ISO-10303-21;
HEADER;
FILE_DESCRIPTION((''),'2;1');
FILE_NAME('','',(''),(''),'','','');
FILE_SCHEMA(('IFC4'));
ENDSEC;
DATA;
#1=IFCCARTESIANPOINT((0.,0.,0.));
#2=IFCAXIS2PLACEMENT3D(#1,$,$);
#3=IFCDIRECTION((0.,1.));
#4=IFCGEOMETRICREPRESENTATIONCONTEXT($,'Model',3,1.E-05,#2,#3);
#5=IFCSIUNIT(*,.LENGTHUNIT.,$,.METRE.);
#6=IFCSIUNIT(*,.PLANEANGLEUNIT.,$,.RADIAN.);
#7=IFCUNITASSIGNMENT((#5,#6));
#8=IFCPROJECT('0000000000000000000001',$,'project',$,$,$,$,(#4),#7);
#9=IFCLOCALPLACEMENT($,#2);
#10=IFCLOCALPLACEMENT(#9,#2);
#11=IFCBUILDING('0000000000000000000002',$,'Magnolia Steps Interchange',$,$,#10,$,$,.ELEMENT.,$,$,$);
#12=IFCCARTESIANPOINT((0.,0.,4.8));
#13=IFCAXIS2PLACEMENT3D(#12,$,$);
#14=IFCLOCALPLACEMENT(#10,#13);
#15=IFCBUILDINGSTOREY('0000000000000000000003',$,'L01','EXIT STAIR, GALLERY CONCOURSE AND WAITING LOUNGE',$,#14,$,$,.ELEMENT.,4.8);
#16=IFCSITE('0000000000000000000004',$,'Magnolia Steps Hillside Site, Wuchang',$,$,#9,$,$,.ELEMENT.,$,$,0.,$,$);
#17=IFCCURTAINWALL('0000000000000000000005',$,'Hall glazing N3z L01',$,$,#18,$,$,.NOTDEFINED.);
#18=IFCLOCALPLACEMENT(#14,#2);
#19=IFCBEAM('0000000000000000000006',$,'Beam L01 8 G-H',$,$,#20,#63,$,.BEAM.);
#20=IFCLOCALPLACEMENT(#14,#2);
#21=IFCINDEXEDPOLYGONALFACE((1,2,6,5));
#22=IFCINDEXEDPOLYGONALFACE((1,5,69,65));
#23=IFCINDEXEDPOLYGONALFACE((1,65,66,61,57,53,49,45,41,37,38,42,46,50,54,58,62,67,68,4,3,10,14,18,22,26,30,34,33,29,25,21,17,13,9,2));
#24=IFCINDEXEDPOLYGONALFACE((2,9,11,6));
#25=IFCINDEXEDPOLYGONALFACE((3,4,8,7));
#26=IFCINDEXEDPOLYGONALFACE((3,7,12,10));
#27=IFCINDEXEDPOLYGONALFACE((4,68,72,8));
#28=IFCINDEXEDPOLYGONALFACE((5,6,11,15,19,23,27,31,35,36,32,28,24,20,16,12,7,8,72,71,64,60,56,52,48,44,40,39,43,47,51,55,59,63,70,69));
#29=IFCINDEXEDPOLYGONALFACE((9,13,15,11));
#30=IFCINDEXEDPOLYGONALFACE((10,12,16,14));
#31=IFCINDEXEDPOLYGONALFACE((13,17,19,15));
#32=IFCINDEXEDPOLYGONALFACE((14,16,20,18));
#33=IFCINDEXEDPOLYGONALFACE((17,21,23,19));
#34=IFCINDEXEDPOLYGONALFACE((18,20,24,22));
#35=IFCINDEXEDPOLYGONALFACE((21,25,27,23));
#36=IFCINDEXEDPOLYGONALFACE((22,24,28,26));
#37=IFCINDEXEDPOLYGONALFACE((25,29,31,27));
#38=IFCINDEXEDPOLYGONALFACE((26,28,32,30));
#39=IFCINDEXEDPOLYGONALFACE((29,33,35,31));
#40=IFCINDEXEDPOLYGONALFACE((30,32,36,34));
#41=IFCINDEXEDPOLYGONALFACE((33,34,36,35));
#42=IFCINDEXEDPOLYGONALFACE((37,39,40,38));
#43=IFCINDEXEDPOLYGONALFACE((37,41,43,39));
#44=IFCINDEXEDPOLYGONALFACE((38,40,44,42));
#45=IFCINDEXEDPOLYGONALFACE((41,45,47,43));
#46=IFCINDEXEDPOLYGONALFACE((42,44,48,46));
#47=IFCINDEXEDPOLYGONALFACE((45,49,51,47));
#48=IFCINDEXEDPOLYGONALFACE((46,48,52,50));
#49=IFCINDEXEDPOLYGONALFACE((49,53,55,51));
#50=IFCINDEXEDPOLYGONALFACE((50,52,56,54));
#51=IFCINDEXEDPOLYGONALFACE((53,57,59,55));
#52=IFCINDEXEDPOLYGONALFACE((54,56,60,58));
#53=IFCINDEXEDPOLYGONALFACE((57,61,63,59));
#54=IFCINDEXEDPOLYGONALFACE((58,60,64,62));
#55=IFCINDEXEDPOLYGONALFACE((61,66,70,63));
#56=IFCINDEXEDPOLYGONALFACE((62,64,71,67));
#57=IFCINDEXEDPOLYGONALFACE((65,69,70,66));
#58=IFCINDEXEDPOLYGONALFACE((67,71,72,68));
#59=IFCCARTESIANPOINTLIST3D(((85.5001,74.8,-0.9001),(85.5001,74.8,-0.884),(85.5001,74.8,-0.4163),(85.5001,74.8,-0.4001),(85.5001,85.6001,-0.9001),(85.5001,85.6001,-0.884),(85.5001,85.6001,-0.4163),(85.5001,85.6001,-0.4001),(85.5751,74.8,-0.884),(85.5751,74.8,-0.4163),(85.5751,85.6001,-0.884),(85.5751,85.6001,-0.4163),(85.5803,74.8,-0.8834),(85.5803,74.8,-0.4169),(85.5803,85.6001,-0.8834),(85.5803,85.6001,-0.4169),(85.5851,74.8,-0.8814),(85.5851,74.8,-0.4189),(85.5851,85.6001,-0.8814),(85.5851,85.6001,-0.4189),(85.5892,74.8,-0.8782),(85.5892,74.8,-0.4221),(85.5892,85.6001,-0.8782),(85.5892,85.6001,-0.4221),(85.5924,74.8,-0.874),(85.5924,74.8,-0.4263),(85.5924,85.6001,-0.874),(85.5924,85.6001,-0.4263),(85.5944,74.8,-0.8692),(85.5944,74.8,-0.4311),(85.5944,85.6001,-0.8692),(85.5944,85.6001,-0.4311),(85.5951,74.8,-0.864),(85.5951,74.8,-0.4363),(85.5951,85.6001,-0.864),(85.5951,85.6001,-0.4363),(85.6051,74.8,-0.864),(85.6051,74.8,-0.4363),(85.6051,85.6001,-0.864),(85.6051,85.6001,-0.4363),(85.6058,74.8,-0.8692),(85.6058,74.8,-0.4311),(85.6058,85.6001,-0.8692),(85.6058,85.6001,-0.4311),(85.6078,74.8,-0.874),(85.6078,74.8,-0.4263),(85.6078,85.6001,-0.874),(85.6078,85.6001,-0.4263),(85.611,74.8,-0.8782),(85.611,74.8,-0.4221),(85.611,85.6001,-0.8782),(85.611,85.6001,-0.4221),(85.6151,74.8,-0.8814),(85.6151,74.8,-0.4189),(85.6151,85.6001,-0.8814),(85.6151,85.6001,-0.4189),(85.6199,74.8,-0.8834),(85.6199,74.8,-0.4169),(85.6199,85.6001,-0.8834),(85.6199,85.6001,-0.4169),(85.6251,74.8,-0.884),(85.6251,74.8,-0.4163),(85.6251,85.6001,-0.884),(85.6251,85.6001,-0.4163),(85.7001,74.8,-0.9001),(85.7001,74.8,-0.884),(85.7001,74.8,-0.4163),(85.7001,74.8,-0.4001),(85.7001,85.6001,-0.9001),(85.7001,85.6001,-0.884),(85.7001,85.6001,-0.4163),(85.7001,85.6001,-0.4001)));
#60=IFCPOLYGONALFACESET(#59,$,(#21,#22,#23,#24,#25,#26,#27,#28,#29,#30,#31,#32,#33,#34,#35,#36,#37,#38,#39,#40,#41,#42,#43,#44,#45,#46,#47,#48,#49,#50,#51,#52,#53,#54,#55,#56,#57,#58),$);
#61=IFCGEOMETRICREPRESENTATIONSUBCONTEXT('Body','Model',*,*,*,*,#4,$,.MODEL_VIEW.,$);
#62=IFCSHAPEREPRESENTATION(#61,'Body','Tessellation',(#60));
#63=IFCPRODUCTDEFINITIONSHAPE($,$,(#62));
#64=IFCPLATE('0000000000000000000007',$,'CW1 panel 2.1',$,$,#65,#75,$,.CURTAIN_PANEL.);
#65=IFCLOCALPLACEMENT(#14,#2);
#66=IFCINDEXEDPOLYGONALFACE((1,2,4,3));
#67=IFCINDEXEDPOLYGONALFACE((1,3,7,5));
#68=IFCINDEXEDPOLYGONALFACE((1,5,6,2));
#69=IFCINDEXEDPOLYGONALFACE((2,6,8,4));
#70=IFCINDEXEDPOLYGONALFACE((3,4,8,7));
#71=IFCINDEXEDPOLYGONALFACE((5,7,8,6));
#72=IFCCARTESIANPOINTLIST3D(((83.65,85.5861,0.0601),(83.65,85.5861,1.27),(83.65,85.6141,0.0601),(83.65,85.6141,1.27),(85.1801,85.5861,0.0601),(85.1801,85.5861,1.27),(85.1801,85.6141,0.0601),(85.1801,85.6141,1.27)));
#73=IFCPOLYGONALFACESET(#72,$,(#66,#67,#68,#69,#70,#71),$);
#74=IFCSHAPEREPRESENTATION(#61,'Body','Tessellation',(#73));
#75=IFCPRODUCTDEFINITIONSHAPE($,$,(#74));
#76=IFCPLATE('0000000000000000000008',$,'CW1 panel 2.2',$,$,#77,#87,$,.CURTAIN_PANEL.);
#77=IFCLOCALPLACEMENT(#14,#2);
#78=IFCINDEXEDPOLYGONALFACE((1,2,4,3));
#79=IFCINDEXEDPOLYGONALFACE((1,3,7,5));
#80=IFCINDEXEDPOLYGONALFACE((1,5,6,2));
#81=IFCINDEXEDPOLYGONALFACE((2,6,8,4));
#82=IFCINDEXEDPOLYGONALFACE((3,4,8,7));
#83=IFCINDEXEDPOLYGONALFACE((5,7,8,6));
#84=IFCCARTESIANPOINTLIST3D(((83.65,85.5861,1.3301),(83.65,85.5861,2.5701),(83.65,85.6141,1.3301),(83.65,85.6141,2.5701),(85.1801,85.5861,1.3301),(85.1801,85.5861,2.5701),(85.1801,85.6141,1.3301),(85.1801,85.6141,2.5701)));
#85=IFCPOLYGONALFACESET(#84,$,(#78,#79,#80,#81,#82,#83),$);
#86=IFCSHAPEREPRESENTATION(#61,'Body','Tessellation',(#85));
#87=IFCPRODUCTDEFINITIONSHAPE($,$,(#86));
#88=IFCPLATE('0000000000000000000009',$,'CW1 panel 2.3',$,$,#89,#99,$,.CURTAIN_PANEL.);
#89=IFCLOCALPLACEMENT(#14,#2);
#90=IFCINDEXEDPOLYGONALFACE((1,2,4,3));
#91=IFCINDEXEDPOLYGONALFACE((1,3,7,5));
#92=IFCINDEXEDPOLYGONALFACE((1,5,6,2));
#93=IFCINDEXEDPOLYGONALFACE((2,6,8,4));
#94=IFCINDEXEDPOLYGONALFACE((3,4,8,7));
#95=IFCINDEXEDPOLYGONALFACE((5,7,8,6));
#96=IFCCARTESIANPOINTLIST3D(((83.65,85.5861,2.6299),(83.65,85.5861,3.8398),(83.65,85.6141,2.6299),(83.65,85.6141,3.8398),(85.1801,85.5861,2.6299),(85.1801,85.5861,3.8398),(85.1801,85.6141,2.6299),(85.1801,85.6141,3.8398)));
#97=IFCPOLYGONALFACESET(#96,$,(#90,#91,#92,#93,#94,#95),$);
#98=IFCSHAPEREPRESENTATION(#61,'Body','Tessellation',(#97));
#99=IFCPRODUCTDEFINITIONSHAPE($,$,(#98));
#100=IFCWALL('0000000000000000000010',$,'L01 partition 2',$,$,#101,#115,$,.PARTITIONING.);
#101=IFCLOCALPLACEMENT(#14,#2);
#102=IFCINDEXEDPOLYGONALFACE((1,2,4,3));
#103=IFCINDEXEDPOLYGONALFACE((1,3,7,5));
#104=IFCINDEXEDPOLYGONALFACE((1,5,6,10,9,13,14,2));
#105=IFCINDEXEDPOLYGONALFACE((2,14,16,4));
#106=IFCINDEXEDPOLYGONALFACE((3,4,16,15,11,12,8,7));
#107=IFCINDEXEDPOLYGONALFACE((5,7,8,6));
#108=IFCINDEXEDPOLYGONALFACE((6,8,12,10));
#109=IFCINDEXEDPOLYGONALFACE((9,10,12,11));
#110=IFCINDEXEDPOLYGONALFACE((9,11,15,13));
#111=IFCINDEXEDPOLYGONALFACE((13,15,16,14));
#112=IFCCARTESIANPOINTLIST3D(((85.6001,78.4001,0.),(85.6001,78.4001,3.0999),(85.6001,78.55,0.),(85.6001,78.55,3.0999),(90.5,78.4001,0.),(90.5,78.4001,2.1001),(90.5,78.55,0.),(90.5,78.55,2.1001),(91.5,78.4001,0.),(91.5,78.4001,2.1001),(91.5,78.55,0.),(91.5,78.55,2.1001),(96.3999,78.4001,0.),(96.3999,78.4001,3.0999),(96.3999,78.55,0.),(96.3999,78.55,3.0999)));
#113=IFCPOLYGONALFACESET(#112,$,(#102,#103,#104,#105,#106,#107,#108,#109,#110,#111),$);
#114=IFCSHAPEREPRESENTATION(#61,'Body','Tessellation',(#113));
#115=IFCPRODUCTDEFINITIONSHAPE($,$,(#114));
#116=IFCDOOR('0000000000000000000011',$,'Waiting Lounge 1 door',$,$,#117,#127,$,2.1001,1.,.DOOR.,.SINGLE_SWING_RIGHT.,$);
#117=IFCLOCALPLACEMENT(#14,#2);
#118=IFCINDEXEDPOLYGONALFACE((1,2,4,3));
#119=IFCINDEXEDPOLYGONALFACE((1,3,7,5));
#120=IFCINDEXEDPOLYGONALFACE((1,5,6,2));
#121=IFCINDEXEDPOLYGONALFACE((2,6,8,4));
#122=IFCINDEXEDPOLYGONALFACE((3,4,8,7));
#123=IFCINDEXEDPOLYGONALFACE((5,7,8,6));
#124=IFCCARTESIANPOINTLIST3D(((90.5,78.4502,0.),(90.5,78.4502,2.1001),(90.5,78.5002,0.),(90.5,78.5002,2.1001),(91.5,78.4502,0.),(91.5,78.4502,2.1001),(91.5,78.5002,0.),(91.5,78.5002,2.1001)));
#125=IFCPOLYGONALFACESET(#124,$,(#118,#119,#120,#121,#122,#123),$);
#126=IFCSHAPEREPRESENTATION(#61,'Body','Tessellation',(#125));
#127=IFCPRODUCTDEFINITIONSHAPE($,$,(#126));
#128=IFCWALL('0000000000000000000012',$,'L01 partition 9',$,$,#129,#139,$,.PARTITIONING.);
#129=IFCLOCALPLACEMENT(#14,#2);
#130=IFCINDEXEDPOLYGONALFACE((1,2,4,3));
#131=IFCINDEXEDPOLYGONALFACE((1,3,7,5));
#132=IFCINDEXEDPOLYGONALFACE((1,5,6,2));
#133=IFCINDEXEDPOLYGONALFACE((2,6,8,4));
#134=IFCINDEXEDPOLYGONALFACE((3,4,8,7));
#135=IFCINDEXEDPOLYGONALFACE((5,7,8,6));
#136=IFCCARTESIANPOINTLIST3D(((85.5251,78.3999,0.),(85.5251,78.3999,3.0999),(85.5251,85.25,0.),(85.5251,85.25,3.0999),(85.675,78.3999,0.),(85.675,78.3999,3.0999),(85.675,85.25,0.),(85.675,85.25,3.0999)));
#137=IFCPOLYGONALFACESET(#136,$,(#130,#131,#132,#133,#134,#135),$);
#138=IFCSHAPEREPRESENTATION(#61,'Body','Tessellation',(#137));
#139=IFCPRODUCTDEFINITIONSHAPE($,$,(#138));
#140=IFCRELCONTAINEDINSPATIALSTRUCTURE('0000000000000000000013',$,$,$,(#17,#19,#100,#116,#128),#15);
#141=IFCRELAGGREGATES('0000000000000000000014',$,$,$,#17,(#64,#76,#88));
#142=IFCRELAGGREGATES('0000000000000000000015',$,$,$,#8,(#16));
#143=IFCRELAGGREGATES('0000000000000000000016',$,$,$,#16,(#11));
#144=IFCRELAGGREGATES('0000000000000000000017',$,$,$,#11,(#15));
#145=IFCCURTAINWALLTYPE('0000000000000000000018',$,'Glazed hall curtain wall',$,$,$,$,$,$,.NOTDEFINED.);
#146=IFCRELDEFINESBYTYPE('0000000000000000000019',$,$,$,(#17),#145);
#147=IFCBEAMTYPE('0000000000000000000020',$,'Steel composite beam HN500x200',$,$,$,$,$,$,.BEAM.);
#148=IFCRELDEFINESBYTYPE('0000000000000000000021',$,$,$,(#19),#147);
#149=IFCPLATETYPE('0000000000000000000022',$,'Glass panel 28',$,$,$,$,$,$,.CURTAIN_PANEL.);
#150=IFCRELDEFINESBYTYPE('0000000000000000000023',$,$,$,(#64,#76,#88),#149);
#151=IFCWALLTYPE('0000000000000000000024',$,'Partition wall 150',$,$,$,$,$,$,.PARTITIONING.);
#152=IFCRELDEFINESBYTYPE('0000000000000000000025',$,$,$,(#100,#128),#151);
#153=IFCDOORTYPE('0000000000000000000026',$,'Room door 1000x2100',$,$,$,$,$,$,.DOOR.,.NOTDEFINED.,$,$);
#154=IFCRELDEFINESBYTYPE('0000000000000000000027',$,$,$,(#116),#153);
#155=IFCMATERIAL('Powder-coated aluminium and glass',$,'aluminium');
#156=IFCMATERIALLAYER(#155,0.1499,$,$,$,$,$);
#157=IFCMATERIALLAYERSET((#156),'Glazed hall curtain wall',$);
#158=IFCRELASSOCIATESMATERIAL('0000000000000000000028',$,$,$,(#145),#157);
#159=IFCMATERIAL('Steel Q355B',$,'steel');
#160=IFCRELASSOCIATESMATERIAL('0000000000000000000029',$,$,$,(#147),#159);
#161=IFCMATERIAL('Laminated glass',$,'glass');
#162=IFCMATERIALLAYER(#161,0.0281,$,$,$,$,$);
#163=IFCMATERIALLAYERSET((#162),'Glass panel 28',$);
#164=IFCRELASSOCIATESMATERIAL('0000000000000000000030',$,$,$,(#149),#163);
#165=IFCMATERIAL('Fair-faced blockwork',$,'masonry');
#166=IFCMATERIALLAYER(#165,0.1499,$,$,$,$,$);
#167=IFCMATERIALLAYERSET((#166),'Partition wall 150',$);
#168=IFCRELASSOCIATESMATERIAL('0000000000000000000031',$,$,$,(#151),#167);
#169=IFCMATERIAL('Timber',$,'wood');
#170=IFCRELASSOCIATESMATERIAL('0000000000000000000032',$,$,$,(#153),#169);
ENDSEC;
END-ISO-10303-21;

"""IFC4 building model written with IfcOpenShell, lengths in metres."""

from ifc_helpers import new_model, si_unit, direction, frame, frame_2d, origin, origin_2d, place, context, subcontext, project, spatial, rectangle, i_section, extrude, material, layer, layer_set, material_profile, profile_set, type_object, element, fill, aggregate, save


model = new_model("IFC4")

# Units and contexts
model_context = context("Model", 3, precision=1e-05, world=origin(), true_north=direction((0.0, 1.0)))
body_context = subcontext(model_context, "Body", "Model", "MODEL_VIEW")
ifc_project = project(units=[si_unit("LENGTHUNIT", "METRE"), si_unit("PLANEANGLEUNIT", "RADIAN")], contexts=[model_context])

# Site, building, storey
site_placement = place(None, origin())
site = spatial("IfcSite", under=ifc_project, at=site_placement, Name="Magnolia Steps Hillside Site, Wuchang", CompositionType="ELEMENT", RefElevation=0.0)
building_placement = place(site_placement, origin())
building = spatial("IfcBuilding", under=site, at=building_placement, Name="Magnolia Steps Interchange", CompositionType="ELEMENT")
storey_placement = place(building_placement, frame((0.0, 0.0, 4.8)))
storey = spatial("IfcBuildingStorey", under=building, at=storey_placement, Name="L01", Description="EXIT STAIR, GALLERY CONCOURSE AND WAITING LOUNGE", CompositionType="ELEMENT", Elevation=4.8)

# Curtain wall
ifc_material_1 = material(Name="Powder-coated aluminium and glass", Category="aluminium")
ifc_layer_1 = layer(ifc_material_1, 0.1499)
ifc_layer_set_1 = layer_set([ifc_layer_1], Name="Glazed hall curtain wall")
curtain_wall_type = type_object("IfcCurtainWallType", Name="Glazed hall curtain wall", PredefinedType="NOTDEFINED", material=ifc_layer_set_1)
curtain_wall_1_placement = place(storey_placement, origin())
curtain_wall_1 = element("IfcCurtainWall", 1, at=curtain_wall_1_placement, inside=storey, type_object=curtain_wall_type, Name="Hall glazing N3z L01", PredefinedType="NOTDEFINED")

# Beam
ifc_material_2 = material(Name="Steel Q355B", Category="steel")
ifc_material_profile_1 = material_profile(ifc_material_2, i_section(OverallWidth=0.2, OverallDepth=0.5, WebThickness=0.01, FlangeThickness=0.0161, FilletRadius=0.02, at=origin_2d()), Name="HN500x200")
ifc_profile_set_1 = profile_set([ifc_material_profile_1], Name="Steel Q355B")
beam_type_1 = type_object("IfcBeamType", Name="Steel composite beam HN500x200", PredefinedType="BEAM", material=ifc_profile_set_1)
beam_1_placement = place(storey_placement, frame((85.6001, 74.8, -0.6501), z_axis=(0.0, 1.0, 0.0), x_axis=(-1.0, 0.0, 0.0)))
element("IfcBeam", 2, at=beam_1_placement, inside=storey, type_object=beam_type_1, Name="Beam L01 8 G-H", PredefinedType="BEAM", context=body_context, shape_type="SweptSolid", body=[
    extrude(i_section(OverallWidth=0.2, OverallDepth=0.5, WebThickness=0.01, FlangeThickness=0.0161, FilletRadius=0.02, at=origin_2d()), origin(), (0.0, 0.0, 1.0), 10.8),
])

# Plates
ifc_material_3 = material(Name="Laminated glass", Category="glass")
ifc_layer_2 = layer(ifc_material_3, 0.0281)
ifc_layer_set_2 = layer_set([ifc_layer_2], Name="Glass panel 28")
plate_type = type_object("IfcPlateType", Name="Glass panel 28", PredefinedType="CURTAIN_PANEL", material=ifc_layer_set_2)
plate_1_placement = place(storey_placement, frame((84.415, 85.6001, 0.0601), z_axis=(0.0, 0.0, 1.0), x_axis=(1.0, 0.0, 0.0)))
plate_1 = element("IfcPlate", 3, at=plate_1_placement, type_object=plate_type, Name="CW1 panel 2.1", PredefinedType="CURTAIN_PANEL", context=body_context, shape_type="SweptSolid", body=[
    extrude(rectangle(XDim=1.53, YDim=0.0281, at=origin_2d()), origin(), (0.0, 0.0, 1.0), 1.21),
])
plate_2_placement = place(storey_placement, frame((84.415, 85.6001, 1.3301), z_axis=(0.0, 0.0, 1.0), x_axis=(1.0, 0.0, 0.0)))
plate_2 = element("IfcPlate", 4, at=plate_2_placement, type_object=plate_type, Name="CW1 panel 2.2", PredefinedType="CURTAIN_PANEL", context=body_context, shape_type="SweptSolid", body=[
    extrude(rectangle(XDim=1.53, YDim=0.0281, at=origin_2d()), origin(), (0.0, 0.0, 1.0), 1.24),
])
plate_3_placement = place(storey_placement, frame((84.415, 85.6001, 2.6299), z_axis=(0.0, 0.0, 1.0), x_axis=(1.0, 0.0, 0.0)))
plate_3 = element("IfcPlate", 5, at=plate_3_placement, type_object=plate_type, Name="CW1 panel 2.3", PredefinedType="CURTAIN_PANEL", context=body_context, shape_type="SweptSolid", body=[
    extrude(rectangle(XDim=1.53, YDim=0.0281, at=origin_2d()), origin(), (0.0, 0.0, 1.0), 1.21),
])
aggregate(curtain_wall_1, [plate_1, plate_2, plate_3])

# Wall, opening, door
ifc_material_4 = material(Name="Fair-faced blockwork", Category="masonry")
ifc_layer_3 = layer(ifc_material_4, 0.1499)
ifc_layer_set_3 = layer_set([ifc_layer_3], Name="Partition wall 150")
wall_type = type_object("IfcWallType", Name="Partition wall 150", PredefinedType="PARTITIONING", material=ifc_layer_set_3)
wall_1_placement = place(storey_placement, frame((85.6001, 78.4751, 0.0), z_axis=(0.0, 0.0, 1.0), x_axis=(1.0, 0.0, 0.0)))
wall_1 = element("IfcWall", 6, at=wall_1_placement, inside=storey, type_object=wall_type, Name="L01 partition 2", PredefinedType="PARTITIONING", context=body_context, shape_type="SweptSolid", body=[
    extrude(rectangle(XDim=10.7998, YDim=0.1499, at=frame_2d((5.3999, 0.0))), origin(), (0.0, 0.0, 1.0), 3.0999),
])
opening_placement = place(wall_1_placement, frame((4.8999, 0.0, 0.0)))
opening = element("IfcOpeningElement", 7, at=opening_placement, cuts=wall_1, PredefinedType="OPENING", context=body_context, shape_type="SweptSolid", body=[
    extrude(rectangle(XDim=1.0, YDim=2.1001, at=frame_2d((0.5, 1.05))), frame((0.0, 0.085, 0.0), z_axis=(0.0, -1.0, 0.0), x_axis=(1.0, 0.0, 0.0)), (0.0, 0.0, 1.0), 0.1699),
])
ifc_material_5 = material(Name="Timber", Category="wood")
door_type = type_object("IfcDoorType", Name="Room door 1000x2100", OperationType="NOTDEFINED", PredefinedType="DOOR", material=ifc_material_5)
door_placement = place(opening_placement, frame((1.0, 0.0, 0.0), z_axis=(0.0, 0.0, 1.0), x_axis=(-1.0, 0.0, 0.0)))
door = element("IfcDoor", 8, at=door_placement, inside=storey, type_object=door_type, Name="Waiting Lounge 1 door", OperationType="SINGLE_SWING_RIGHT", OverallHeight=2.1001, OverallWidth=1.0, PredefinedType="DOOR", context=body_context, shape_type="SweptSolid", body=[
    extrude(rectangle(XDim=1.0, YDim=2.1001, at=frame_2d((0.5, 1.05))), frame((0.0, 0.0249, 0.0), z_axis=(0.0, -1.0, 0.0), x_axis=(1.0, 0.0, 0.0)), (0.0, 0.0, 1.0), 0.05),
])
fill(opening, door)

# Wall
wall_2_placement = place(storey_placement, frame((85.6001, 78.3999, 0.0), z_axis=(0.0, 0.0, 1.0), x_axis=(0.0, 1.0, 0.0)))
element("IfcWall", 9, at=wall_2_placement, inside=storey, type_object=wall_type, Name="L01 partition 9", PredefinedType="PARTITIONING", context=body_context, shape_type="SweptSolid", body=[
    extrude(rectangle(XDim=6.8501, YDim=0.1499, at=frame_2d((3.425, 0.0))), origin(), (0.0, 0.0, 1.0), 3.0999),
])

save(model, "model.ifc")
